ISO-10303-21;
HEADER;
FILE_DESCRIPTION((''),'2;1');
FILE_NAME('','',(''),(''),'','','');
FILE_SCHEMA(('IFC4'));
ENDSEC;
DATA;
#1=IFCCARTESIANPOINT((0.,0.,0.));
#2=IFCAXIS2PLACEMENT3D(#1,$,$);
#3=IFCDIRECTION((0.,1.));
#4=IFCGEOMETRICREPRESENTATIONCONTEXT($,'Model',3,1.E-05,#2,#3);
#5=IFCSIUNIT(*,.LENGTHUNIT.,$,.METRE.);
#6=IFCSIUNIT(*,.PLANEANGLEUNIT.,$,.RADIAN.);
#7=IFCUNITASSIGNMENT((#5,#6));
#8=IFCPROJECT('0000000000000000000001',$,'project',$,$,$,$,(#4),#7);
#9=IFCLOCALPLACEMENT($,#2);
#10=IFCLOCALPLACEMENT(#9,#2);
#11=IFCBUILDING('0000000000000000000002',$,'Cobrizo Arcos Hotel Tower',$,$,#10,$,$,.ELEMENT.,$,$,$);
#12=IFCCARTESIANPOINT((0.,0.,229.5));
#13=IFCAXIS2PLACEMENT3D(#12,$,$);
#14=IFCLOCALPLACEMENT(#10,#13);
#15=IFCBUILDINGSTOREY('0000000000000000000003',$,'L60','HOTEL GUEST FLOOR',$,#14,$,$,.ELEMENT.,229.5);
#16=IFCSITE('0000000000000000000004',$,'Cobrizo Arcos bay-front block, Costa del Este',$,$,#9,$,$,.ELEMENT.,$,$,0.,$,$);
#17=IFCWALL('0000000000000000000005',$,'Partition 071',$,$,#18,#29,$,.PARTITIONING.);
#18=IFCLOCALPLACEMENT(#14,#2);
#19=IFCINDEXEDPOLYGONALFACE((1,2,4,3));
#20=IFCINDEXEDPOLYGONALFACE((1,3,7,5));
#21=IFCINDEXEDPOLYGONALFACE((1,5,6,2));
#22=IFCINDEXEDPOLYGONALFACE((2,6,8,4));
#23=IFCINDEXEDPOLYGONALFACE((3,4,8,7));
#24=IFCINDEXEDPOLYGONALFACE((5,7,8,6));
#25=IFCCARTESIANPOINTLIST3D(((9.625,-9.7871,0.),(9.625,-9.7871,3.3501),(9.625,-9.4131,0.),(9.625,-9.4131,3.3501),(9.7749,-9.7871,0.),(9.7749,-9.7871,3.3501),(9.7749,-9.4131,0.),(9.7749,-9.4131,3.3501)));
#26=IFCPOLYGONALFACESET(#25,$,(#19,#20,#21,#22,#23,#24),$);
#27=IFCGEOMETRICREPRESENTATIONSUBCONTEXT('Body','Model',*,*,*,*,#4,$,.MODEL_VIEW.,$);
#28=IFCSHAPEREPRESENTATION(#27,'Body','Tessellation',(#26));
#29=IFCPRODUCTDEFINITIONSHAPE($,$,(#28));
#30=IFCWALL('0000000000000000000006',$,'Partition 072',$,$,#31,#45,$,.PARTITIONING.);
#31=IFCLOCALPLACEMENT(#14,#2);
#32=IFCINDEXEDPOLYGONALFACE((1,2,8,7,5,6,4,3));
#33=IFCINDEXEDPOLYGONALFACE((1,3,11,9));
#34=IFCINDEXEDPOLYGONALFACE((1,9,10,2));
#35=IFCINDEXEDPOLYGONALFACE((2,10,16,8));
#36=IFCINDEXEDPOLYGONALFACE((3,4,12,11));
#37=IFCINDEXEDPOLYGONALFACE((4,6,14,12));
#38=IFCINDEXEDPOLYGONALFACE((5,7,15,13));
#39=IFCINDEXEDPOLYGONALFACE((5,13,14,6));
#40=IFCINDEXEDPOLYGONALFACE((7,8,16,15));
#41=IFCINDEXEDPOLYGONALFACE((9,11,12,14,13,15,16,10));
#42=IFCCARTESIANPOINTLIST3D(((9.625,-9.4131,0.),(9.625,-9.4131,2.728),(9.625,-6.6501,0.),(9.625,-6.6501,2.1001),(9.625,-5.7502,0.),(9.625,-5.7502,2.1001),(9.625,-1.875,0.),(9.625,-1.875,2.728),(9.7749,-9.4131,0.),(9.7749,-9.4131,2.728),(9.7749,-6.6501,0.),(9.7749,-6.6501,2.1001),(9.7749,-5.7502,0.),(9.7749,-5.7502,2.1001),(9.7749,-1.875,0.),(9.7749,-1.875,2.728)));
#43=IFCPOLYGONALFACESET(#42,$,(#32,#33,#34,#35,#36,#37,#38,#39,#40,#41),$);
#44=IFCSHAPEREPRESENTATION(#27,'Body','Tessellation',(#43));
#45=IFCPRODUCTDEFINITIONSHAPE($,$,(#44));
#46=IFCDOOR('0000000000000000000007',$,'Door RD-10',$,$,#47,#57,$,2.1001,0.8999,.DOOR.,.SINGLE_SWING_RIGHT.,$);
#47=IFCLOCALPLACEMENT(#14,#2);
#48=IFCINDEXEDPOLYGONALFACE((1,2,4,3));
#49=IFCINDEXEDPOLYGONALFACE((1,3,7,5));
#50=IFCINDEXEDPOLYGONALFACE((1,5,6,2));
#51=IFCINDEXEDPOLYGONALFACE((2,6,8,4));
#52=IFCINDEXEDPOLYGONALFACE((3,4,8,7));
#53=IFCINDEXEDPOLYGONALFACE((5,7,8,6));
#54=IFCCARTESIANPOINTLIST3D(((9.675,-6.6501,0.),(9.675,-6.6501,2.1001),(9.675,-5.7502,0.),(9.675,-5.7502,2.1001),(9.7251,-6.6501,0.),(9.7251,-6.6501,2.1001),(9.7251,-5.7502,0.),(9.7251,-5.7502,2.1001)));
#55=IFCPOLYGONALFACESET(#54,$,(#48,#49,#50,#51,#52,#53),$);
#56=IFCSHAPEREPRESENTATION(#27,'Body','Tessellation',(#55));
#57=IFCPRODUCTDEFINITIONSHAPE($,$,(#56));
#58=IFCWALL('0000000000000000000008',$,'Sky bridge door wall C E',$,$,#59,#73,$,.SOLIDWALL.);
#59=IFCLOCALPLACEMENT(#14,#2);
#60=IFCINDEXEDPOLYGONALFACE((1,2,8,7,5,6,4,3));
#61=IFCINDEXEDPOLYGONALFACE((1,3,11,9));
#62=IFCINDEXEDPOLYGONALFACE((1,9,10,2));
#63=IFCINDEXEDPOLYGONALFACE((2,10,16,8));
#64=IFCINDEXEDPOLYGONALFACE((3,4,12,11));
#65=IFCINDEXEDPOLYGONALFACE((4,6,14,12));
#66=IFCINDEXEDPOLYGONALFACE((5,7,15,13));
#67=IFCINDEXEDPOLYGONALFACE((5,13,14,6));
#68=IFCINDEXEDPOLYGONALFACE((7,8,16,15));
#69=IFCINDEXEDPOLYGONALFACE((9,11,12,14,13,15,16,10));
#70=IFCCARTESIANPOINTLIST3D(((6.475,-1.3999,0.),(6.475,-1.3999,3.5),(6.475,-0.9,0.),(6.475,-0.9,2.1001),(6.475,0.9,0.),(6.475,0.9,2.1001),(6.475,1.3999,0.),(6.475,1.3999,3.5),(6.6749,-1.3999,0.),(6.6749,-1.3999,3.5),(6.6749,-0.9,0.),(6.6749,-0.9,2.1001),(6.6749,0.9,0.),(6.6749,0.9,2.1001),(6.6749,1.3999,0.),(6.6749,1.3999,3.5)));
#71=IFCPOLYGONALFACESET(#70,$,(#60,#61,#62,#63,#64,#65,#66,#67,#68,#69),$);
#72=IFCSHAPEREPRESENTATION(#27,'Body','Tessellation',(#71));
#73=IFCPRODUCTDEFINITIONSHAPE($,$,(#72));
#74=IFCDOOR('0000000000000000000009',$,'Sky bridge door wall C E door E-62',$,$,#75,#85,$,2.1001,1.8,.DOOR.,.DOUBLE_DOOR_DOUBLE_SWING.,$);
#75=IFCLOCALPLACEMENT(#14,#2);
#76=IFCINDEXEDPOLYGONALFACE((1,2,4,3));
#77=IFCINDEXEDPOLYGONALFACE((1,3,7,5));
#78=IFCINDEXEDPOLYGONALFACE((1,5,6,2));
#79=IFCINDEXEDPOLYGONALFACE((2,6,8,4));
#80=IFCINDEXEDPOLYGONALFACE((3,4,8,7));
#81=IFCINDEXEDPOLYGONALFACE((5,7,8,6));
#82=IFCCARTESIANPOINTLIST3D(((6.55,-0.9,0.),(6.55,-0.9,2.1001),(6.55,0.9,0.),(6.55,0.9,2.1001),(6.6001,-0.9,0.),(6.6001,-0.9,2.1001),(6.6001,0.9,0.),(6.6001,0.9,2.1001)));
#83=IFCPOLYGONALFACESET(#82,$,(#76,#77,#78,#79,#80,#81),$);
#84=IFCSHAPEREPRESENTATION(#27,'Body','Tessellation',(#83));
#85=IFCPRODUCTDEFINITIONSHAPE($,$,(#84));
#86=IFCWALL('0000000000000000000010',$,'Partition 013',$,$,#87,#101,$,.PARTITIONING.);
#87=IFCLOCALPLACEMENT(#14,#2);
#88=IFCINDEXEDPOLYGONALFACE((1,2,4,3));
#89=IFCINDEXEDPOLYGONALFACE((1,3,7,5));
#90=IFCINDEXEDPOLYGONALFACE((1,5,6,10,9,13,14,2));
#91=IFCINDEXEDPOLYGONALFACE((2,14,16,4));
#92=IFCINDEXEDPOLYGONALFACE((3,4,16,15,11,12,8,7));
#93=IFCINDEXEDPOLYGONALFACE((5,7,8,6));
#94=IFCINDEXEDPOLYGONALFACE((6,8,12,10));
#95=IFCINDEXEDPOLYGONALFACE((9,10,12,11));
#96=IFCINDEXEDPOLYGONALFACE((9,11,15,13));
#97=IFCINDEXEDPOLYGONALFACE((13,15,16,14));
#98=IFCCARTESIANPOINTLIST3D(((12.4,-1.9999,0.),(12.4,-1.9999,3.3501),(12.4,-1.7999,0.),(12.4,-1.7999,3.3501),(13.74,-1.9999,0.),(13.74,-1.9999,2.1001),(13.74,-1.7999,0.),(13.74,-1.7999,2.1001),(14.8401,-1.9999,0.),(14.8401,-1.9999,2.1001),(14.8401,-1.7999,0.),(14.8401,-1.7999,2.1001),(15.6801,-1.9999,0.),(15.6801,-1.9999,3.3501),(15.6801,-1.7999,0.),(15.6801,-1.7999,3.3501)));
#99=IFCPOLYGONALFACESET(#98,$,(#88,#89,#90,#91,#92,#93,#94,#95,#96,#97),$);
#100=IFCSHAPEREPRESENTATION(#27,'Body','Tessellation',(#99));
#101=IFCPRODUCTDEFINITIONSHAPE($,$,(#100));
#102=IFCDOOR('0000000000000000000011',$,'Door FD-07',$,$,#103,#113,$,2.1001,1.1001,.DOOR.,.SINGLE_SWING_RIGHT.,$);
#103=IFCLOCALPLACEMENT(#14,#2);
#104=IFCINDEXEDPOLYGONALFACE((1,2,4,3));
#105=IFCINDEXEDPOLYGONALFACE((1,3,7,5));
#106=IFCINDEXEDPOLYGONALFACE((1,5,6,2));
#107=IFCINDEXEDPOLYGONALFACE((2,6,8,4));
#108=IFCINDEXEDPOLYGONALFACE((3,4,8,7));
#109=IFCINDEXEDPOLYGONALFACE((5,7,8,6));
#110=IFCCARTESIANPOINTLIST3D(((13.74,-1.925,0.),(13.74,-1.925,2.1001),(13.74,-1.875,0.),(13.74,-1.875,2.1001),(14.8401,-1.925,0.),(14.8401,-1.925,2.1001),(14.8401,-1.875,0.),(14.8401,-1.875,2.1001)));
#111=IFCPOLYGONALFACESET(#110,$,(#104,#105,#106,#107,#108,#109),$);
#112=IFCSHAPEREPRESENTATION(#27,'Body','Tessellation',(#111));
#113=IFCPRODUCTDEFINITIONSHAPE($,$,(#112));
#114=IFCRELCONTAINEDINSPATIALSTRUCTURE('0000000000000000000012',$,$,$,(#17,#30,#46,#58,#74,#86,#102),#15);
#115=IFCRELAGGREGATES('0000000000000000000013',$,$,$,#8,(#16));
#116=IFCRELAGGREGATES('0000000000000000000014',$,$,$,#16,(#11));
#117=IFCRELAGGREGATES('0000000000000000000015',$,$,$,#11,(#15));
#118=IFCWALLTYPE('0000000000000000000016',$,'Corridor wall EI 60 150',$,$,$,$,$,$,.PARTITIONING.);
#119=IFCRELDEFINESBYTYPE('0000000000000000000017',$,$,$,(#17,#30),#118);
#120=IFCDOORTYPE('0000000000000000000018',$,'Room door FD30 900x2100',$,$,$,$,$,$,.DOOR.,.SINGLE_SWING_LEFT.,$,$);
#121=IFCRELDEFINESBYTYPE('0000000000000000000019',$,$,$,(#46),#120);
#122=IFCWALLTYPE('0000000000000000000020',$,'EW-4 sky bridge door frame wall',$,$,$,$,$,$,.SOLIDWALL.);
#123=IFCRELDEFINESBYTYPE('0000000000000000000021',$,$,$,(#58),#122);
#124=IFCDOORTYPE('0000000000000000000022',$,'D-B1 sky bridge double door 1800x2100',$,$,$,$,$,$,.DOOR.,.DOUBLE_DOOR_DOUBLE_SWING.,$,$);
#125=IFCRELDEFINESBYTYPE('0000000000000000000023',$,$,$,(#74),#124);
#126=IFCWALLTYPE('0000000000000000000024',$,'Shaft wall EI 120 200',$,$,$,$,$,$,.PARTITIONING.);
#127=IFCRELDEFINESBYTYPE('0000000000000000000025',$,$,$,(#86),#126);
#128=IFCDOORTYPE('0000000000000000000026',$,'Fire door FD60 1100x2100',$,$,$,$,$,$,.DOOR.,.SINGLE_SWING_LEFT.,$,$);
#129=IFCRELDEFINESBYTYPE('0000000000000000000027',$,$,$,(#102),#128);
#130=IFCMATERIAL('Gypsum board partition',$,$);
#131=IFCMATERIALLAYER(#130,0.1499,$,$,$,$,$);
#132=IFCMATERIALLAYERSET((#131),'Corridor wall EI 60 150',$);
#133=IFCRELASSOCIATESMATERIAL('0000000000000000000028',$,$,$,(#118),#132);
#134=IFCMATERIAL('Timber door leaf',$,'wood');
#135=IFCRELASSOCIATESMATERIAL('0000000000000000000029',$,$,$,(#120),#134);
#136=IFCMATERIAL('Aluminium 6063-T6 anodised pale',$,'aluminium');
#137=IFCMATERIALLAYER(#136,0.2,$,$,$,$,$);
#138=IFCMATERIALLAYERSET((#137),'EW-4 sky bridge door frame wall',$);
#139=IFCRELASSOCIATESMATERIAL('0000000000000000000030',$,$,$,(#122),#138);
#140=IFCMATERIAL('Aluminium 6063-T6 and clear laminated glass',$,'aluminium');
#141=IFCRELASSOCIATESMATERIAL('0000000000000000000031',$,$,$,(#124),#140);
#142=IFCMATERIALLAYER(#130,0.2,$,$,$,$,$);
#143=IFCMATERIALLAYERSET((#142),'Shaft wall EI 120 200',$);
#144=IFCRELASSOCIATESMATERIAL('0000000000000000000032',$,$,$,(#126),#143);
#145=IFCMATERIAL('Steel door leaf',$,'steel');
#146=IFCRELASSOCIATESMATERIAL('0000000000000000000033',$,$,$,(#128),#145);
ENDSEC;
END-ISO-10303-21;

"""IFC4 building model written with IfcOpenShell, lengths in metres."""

from ifc_helpers import new_model, si_unit, direction, frame, frame_2d, origin, place, context, subcontext, project, spatial, rectangle, extrude, material, layer, layer_set, type_object, element, fill, save


model = new_model("IFC4")

# Units and contexts
model_context = context("Model", 3, precision=1e-05, world=origin(), true_north=direction((0.0, 1.0)))
body_context = subcontext(model_context, "Body", "Model", "MODEL_VIEW")
ifc_project = project(units=[si_unit("LENGTHUNIT", "METRE"), si_unit("PLANEANGLEUNIT", "RADIAN")], contexts=[model_context])

# Site, building, storey
site_placement = place(None, origin())
site = spatial("IfcSite", under=ifc_project, at=site_placement, Name="Cobrizo Arcos bay-front block, Costa del Este", CompositionType="ELEMENT", RefElevation=0.0)
building_placement = place(site_placement, origin())
building = spatial("IfcBuilding", under=site, at=building_placement, Name="Cobrizo Arcos Hotel Tower", CompositionType="ELEMENT")
storey_placement = place(building_placement, frame((0.0, 0.0, 229.5)))
storey = spatial("IfcBuildingStorey", under=building, at=storey_placement, Name="L60", Description="HOTEL GUEST FLOOR", CompositionType="ELEMENT", Elevation=229.5)

# Shared definitions
ifc_material_1 = material(Name="Gypsum board partition")
ifc_layer_1 = layer(ifc_material_1, 0.1499)
ifc_layer_set_1 = layer_set([ifc_layer_1], Name="Corridor wall EI 60 150")
wall_type_1 = type_object("IfcWallType", Name="Corridor wall EI 60 150", PredefinedType="PARTITIONING", material=ifc_layer_set_1)
ifc_material_2 = material(Name="Timber door leaf", Category="wood")

# Shared definitions
door_type_1 = type_object("IfcDoorType", Name="Room door FD30 900x2100", OperationType="SINGLE_SWING_LEFT", PredefinedType="DOOR", material=ifc_material_2)

# Wall
wall_1_placement = place(storey_placement, frame((9.7, -9.7871, 0.0), z_axis=(0.0, 0.0, 1.0), x_axis=(0.0, 1.0, 0.0)))
element("IfcWall", 1, at=wall_1_placement, inside=storey, type_object=wall_type_1, Name="Partition 071", PredefinedType="PARTITIONING", context=body_context, shape_type="SweptSolid", body=[
    extrude(rectangle(XDim=0.374, YDim=0.1499, at=frame_2d((0.187, 0.0))), origin(), (0.0, 0.0, 1.0), 3.3501),
])

# Walls, openings, doors
wall_2_placement = place(storey_placement, frame((9.7, -9.4131, 0.0), z_axis=(0.0, 0.0, 1.0), x_axis=(0.0, 1.0, 0.0)))
wall_2 = element("IfcWall", 2, at=wall_2_placement, inside=storey, type_object=wall_type_1, Name="Partition 072", PredefinedType="PARTITIONING", context=body_context, shape_type="SweptSolid", body=[
    extrude(rectangle(XDim=7.5381, YDim=0.1499, at=frame_2d((3.769, 0.0))), origin(), (0.0, 0.0, 1.0), 2.728),
])
opening_1_placement = place(wall_2_placement, frame((2.7629, 0.0, 0.0)))
opening_1 = element("IfcOpeningElement", 3, at=opening_1_placement, cuts=wall_2, PredefinedType="OPENING", context=body_context, shape_type="SweptSolid", body=[
    extrude(rectangle(XDim=0.8999, YDim=2.1001, at=frame_2d((0.45, 1.05))), frame((0.0, 0.0869, 0.0), z_axis=(0.0, -1.0, 0.0), x_axis=(1.0, 0.0, 0.0)), (0.0, 0.0, 1.0), 0.1738),
])
door_1_placement = place(opening_1_placement, origin())
door_1 = element("IfcDoor", 4, at=door_1_placement, inside=storey, type_object=door_type_1, Name="Door RD-10", OperationType="SINGLE_SWING_RIGHT", OverallHeight=2.1001, OverallWidth=0.8999, PredefinedType="DOOR", context=body_context, shape_type="SweptSolid", body=[
    extrude(rectangle(XDim=0.8999, YDim=2.1001, at=frame_2d((0.45, 1.05))), frame((0.0, 0.0249, 0.0), z_axis=(0.0, -1.0, 0.0), x_axis=(1.0, 0.0, 0.0)), (0.0, 0.0, 1.0), 0.05),
])
fill(opening_1, door_1)
ifc_material_3 = material(Name="Aluminium 6063-T6 anodised pale", Category="aluminium")
ifc_layer_2 = layer(ifc_material_3, 0.2)
ifc_layer_set_2 = layer_set([ifc_layer_2], Name="EW-4 sky bridge door frame wall")
wall_type_2 = type_object("IfcWallType", Name="EW-4 sky bridge door frame wall", PredefinedType="SOLIDWALL", material=ifc_layer_set_2)
wall_3_placement = place(storey_placement, frame((6.575, -1.3999, 0.0), z_axis=(0.0, 0.0, 1.0), x_axis=(0.0, 1.0, 0.0)))
wall_3 = element("IfcWall", 5, at=wall_3_placement, inside=storey, type_object=wall_type_2, Name="Sky bridge door wall C E", PredefinedType="SOLIDWALL", context=body_context, shape_type="SweptSolid", body=[
    extrude(rectangle(XDim=2.7998, YDim=0.2, at=frame_2d((1.3999, 0.0))), origin(), (0.0, 0.0, 1.0), 3.5),
])
opening_2_placement = place(wall_3_placement, frame((0.5, 0.0, 0.0)))
opening_2 = element("IfcOpeningElement", 6, at=opening_2_placement, cuts=wall_3, PredefinedType="OPENING", context=body_context, shape_type="SweptSolid", body=[
    extrude(rectangle(XDim=1.8, YDim=2.1001, at=frame_2d((0.8999, 1.05))), frame((0.0, 0.1121, 0.0), z_axis=(0.0, -1.0, 0.0), x_axis=(1.0, 0.0, 0.0)), (0.0, 0.0, 1.0), 0.2239),
])
ifc_material_4 = material(Name="Aluminium 6063-T6 and clear laminated glass", Category="aluminium")
door_type_2 = type_object("IfcDoorType", Name="D-B1 sky bridge double door 1800x2100", OperationType="DOUBLE_DOOR_DOUBLE_SWING", PredefinedType="DOOR", material=ifc_material_4)
door_2_placement = place(opening_2_placement, origin())
door_2 = element("IfcDoor", 7, at=door_2_placement, inside=storey, type_object=door_type_2, Name="Sky bridge door wall C E door E-62", OperationType="DOUBLE_DOOR_DOUBLE_SWING", OverallHeight=2.1001, OverallWidth=1.8, PredefinedType="DOOR", context=body_context, shape_type="SweptSolid", body=[
    extrude(rectangle(XDim=1.8, YDim=2.1001, at=frame_2d((0.8999, 1.05))), frame((0.0, 0.0249, 0.0), z_axis=(0.0, -1.0, 0.0), x_axis=(1.0, 0.0, 0.0)), (0.0, 0.0, 1.0), 0.05),
])
fill(opening_2, door_2)
ifc_layer_3 = layer(ifc_material_1, 0.2)
ifc_layer_set_3 = layer_set([ifc_layer_3], Name="Shaft wall EI 120 200")
wall_type_3 = type_object("IfcWallType", Name="Shaft wall EI 120 200", PredefinedType="PARTITIONING", material=ifc_layer_set_3)
wall_4_placement = place(storey_placement, frame((12.3999, -1.8999, 0.0), z_axis=(0.0, 0.0, 1.0), x_axis=(1.0, 0.0, 0.0)))
wall_4 = element("IfcWall", 8, at=wall_4_placement, inside=storey, type_object=wall_type_3, Name="Partition 013", PredefinedType="PARTITIONING", context=body_context, shape_type="SweptSolid", body=[
    extrude(rectangle(XDim=3.28, YDim=0.2, at=frame_2d((1.6401, 0.0))), origin(), (0.0, 0.0, 1.0), 3.3501),
])
opening_3_placement = place(wall_4_placement, frame((1.3401, 0.0, 0.0)))
opening_3 = element("IfcOpeningElement", 9, at=opening_3_placement, cuts=wall_4, PredefinedType="OPENING", context=body_context, shape_type="SweptSolid", body=[
    extrude(rectangle(XDim=1.1001, YDim=2.1001, at=frame_2d((0.55, 1.05))), frame((0.0, 0.1121, 0.0), z_axis=(0.0, -1.0, 0.0), x_axis=(1.0, 0.0, 0.0)), (0.0, 0.0, 1.0), 0.2239),
])
ifc_material_5 = material(Name="Steel door leaf", Category="steel")
door_type_3 = type_object("IfcDoorType", Name="Fire door FD60 1100x2100", OperationType="SINGLE_SWING_LEFT", PredefinedType="DOOR", material=ifc_material_5)
door_3_placement = place(opening_3_placement, origin())
door_3 = element("IfcDoor", 10, at=door_3_placement, inside=storey, type_object=door_type_3, Name="Door FD-07", OperationType="SINGLE_SWING_RIGHT", OverallHeight=2.1001, OverallWidth=1.1001, PredefinedType="DOOR", context=body_context, shape_type="SweptSolid", body=[
    extrude(rectangle(XDim=1.1001, YDim=2.1001, at=frame_2d((0.55, 1.05))), frame((0.0, 0.0249, 0.0), z_axis=(0.0, -1.0, 0.0), x_axis=(1.0, 0.0, 0.0)), (0.0, 0.0, 1.0), 0.05),
])
fill(opening_3, door_3)

save(model, "model.ifc")
